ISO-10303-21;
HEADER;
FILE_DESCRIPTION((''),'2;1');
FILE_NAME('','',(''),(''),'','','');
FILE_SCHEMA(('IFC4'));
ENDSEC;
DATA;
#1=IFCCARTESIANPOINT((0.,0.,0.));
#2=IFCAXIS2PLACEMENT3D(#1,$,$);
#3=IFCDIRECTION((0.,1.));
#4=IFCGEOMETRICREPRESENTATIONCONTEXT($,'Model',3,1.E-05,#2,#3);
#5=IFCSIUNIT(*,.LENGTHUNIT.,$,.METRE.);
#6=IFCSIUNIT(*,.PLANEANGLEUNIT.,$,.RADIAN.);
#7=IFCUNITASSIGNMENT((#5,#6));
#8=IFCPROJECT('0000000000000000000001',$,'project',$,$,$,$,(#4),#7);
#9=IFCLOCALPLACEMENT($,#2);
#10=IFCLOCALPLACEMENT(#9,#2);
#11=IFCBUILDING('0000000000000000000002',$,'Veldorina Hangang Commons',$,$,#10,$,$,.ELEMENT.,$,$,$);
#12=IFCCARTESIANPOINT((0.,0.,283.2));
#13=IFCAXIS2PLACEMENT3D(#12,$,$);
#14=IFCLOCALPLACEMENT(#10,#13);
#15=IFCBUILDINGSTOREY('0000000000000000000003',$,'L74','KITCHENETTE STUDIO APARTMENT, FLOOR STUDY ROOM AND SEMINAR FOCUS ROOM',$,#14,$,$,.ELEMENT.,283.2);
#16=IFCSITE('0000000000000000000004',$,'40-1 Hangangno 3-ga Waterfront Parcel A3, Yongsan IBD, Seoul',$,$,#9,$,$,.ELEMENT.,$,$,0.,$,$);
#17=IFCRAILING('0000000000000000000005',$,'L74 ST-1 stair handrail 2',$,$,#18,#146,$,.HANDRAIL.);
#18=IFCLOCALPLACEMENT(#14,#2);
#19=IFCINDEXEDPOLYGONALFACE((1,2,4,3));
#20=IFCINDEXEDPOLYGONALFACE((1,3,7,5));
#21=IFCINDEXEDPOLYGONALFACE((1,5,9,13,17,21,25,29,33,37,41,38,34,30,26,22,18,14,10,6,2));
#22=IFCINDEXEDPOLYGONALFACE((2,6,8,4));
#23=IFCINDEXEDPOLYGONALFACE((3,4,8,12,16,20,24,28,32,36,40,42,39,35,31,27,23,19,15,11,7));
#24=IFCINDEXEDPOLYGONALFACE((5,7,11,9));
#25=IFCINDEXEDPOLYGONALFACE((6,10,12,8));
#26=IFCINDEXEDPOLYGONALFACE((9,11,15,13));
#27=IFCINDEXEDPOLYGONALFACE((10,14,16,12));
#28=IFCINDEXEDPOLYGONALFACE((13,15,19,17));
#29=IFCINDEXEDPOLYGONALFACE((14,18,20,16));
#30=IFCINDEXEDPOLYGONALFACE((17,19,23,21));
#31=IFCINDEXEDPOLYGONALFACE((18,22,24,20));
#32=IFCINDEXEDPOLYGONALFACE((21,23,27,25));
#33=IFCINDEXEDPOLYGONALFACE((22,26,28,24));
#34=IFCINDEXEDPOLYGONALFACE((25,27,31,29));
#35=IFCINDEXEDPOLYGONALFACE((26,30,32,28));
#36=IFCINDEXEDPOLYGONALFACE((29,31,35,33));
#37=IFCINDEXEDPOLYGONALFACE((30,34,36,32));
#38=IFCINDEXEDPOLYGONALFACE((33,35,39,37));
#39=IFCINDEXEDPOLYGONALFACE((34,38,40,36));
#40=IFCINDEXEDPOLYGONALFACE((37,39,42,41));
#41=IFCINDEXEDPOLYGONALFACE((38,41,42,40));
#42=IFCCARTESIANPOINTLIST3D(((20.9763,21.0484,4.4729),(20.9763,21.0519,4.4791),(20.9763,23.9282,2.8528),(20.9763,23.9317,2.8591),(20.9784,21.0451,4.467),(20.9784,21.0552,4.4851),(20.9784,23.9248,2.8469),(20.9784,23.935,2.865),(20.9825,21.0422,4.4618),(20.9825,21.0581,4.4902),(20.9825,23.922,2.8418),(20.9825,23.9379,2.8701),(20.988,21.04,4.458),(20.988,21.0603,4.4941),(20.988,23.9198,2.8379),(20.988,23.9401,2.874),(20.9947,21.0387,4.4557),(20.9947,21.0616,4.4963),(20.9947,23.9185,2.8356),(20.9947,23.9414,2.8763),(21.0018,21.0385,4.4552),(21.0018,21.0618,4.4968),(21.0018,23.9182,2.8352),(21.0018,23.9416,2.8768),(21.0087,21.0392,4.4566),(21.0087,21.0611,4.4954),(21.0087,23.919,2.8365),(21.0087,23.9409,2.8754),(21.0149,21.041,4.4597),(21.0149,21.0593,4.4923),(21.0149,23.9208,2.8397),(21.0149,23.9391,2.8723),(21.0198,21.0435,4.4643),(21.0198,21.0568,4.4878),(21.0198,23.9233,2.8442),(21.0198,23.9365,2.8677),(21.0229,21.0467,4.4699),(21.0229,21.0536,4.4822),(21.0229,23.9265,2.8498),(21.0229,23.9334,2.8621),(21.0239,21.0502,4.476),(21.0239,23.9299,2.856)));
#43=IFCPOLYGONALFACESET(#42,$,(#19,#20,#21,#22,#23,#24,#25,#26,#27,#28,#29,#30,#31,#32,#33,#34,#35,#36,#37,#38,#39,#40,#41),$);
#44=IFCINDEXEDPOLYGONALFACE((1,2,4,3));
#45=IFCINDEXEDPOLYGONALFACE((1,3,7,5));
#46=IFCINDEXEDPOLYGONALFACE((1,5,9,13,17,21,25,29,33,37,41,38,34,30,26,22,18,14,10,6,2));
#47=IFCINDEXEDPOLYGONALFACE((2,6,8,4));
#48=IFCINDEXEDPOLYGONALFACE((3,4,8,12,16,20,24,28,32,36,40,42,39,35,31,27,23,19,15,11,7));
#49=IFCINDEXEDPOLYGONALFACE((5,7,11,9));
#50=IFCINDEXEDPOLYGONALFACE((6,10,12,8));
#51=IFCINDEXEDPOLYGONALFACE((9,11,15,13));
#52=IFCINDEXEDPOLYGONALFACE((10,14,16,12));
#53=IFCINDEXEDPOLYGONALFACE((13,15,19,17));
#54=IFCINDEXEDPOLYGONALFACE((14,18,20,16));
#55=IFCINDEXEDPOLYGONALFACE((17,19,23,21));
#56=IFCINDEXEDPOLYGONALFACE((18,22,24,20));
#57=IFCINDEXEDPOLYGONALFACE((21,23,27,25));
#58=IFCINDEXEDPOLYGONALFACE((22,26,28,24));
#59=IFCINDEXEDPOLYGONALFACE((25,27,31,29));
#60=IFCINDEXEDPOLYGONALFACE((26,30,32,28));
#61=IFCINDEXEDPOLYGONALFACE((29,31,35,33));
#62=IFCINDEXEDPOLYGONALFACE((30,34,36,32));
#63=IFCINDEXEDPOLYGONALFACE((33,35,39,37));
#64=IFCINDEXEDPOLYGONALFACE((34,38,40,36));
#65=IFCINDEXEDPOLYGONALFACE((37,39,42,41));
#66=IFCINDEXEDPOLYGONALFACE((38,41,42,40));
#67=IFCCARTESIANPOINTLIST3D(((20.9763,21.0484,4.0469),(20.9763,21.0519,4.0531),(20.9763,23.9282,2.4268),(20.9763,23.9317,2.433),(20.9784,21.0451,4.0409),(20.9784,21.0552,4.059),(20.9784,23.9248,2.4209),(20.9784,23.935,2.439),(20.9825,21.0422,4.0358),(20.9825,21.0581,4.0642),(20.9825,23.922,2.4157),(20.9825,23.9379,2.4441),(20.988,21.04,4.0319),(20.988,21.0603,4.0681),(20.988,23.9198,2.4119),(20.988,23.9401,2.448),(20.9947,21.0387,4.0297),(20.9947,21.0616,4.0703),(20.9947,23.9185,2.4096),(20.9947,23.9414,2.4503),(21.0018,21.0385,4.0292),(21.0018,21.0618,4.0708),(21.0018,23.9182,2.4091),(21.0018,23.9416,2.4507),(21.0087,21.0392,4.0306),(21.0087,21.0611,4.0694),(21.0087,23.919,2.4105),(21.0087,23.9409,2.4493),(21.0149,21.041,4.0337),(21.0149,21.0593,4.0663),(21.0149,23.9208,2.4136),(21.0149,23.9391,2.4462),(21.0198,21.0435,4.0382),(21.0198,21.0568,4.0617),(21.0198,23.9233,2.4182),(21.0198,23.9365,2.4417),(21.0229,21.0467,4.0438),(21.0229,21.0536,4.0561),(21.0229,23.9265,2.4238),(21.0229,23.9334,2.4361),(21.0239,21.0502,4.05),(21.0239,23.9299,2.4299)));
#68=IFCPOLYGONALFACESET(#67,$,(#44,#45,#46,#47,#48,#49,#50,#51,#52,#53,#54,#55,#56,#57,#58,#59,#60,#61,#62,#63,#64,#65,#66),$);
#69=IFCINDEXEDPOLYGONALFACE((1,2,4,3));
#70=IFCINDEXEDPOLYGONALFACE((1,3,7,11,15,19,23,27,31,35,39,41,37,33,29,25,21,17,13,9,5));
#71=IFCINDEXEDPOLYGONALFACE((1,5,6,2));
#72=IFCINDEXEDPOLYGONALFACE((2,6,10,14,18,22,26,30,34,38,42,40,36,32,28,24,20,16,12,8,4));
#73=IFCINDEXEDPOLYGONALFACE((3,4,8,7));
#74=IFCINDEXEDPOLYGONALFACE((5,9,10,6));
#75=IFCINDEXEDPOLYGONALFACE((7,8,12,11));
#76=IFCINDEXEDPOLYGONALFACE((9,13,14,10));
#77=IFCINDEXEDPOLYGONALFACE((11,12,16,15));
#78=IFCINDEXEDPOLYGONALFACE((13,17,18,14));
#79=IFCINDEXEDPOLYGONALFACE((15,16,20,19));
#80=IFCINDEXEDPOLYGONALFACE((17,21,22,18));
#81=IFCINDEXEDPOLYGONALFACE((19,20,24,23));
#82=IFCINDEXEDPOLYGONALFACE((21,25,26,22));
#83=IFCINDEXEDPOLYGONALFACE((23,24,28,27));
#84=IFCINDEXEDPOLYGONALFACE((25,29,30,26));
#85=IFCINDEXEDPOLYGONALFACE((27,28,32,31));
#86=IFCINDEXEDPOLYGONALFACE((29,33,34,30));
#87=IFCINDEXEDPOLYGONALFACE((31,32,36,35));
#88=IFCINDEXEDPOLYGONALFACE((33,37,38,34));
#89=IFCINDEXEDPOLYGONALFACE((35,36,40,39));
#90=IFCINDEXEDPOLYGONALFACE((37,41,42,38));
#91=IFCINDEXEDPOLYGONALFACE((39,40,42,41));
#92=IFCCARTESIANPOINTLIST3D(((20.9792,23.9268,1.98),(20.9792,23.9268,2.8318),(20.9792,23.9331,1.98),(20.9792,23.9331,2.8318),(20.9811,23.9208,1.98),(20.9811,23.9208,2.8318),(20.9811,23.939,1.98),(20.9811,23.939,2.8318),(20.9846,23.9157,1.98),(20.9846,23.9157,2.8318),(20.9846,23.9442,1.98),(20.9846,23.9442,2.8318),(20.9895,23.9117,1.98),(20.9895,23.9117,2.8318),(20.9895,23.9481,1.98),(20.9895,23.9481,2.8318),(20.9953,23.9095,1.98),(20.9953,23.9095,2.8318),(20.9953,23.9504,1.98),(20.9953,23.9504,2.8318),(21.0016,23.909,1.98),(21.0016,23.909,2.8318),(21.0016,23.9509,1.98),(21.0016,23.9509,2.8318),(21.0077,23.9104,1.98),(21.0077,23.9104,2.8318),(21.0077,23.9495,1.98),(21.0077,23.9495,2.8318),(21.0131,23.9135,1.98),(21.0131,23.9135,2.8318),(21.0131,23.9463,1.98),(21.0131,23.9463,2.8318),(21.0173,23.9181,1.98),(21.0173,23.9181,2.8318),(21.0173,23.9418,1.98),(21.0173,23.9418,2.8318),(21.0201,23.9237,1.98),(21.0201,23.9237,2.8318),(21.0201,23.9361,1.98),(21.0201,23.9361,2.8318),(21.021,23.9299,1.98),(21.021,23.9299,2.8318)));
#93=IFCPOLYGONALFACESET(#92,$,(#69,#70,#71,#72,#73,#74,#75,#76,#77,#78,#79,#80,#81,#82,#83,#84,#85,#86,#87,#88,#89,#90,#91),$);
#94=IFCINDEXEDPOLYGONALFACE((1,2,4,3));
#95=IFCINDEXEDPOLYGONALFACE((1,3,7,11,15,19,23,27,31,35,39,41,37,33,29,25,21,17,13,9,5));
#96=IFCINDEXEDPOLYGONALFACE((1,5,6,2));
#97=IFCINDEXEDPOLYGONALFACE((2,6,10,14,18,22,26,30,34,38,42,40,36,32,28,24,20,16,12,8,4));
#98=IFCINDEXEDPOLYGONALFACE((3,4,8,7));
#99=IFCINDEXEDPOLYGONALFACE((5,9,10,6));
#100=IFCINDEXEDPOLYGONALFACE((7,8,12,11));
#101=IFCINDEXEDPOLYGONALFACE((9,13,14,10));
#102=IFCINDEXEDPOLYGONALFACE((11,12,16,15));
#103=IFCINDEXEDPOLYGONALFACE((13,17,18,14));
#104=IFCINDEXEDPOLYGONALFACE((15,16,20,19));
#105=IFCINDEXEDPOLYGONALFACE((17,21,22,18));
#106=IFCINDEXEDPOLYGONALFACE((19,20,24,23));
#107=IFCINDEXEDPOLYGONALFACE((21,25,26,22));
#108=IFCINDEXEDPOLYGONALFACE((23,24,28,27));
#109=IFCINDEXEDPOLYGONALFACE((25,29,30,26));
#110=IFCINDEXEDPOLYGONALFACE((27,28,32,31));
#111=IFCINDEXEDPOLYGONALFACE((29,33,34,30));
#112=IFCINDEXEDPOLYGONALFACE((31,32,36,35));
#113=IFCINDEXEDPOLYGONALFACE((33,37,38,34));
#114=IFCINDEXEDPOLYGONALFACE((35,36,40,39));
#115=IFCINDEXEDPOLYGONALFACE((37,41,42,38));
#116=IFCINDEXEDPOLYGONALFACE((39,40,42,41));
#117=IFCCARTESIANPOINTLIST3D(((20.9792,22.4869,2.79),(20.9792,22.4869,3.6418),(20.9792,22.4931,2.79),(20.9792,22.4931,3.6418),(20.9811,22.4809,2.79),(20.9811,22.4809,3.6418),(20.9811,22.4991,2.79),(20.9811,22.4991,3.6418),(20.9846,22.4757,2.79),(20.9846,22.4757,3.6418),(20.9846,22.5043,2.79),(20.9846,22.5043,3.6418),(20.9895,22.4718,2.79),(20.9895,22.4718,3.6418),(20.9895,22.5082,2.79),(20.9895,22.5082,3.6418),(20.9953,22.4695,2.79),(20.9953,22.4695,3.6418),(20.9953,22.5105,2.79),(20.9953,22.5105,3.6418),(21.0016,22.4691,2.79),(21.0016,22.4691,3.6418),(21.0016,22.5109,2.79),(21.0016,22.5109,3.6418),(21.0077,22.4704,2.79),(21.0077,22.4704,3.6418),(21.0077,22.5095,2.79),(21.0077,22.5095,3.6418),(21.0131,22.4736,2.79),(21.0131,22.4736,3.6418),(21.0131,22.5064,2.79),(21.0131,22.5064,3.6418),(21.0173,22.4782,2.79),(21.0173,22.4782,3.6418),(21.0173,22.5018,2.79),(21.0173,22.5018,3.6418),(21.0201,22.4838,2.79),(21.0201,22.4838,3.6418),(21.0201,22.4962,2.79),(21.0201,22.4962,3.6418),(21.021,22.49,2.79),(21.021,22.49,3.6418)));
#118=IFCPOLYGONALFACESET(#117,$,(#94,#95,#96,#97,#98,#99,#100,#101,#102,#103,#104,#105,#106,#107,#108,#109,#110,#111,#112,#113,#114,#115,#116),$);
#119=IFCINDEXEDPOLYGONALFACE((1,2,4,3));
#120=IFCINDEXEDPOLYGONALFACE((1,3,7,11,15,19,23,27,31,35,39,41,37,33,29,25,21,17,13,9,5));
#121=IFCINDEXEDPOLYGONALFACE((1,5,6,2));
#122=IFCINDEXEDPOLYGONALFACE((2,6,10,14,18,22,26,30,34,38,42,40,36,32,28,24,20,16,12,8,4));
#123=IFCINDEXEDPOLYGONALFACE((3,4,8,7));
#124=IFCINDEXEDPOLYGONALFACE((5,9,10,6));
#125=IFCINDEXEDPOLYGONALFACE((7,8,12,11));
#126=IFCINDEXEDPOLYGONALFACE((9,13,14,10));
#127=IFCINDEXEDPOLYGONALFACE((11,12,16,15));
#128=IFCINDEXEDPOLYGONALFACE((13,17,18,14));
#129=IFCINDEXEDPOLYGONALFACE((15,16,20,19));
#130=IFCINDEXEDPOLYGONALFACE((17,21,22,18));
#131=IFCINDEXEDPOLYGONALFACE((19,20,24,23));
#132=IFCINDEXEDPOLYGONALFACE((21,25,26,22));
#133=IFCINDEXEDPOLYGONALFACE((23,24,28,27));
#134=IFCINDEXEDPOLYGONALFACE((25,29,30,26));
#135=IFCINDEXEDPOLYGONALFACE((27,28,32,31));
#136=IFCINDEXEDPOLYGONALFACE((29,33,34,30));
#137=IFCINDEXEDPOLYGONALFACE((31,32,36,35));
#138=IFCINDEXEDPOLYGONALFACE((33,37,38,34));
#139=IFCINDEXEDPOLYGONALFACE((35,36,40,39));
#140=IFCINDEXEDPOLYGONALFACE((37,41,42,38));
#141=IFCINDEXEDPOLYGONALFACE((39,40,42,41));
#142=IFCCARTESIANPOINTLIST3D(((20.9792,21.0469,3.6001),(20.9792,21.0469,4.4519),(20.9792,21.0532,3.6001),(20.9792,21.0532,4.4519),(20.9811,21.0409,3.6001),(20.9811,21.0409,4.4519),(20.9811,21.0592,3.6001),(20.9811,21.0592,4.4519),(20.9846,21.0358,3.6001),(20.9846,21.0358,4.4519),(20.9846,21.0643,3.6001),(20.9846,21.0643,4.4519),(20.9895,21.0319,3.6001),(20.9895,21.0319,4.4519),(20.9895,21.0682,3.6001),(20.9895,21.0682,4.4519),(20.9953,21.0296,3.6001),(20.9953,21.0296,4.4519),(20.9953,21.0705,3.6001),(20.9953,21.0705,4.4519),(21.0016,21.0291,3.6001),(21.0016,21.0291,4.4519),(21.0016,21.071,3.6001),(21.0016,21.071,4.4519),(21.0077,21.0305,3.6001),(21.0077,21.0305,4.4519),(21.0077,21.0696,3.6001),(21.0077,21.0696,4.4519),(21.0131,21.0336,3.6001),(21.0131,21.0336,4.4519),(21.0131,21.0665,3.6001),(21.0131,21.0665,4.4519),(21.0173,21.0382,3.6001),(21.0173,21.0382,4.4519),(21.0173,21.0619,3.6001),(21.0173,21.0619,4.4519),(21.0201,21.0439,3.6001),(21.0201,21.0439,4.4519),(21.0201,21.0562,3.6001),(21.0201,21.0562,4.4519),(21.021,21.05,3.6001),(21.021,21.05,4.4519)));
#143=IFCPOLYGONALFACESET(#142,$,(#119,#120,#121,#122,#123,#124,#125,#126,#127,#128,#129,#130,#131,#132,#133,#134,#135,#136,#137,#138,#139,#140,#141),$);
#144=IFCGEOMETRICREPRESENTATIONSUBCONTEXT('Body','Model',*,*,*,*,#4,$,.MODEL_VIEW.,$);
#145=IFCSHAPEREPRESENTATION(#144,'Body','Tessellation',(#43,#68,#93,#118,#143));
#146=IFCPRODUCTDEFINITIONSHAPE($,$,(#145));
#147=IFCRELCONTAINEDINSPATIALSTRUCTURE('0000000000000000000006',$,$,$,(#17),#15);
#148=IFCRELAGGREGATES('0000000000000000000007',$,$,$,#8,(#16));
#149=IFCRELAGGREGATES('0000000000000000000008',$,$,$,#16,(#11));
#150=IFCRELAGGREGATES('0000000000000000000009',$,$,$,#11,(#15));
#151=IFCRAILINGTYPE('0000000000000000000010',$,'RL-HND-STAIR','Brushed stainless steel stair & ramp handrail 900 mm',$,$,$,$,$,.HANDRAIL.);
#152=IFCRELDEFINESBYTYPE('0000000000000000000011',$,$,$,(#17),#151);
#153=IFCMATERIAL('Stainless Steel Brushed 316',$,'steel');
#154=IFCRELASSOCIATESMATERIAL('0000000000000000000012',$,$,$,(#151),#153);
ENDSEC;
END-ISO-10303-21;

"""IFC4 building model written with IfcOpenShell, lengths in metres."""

from ifc_helpers import new_model, si_unit, direction, frame, origin, origin_2d, place, context, subcontext, project, spatial, circle, extrude, material, type_object, element, save


model = new_model("IFC4")

# Units and contexts
model_context = context("Model", 3, precision=1e-05, world=origin(), true_north=direction((0.0, 1.0)))
body_context = subcontext(model_context, "Body", "Model", "MODEL_VIEW")
ifc_project = project(units=[si_unit("LENGTHUNIT", "METRE"), si_unit("PLANEANGLEUNIT", "RADIAN")], contexts=[model_context])

# Site, building, storey
site_placement = place(None, origin())
site = spatial("IfcSite", under=ifc_project, at=site_placement, Name="40-1 Hangangno 3-ga Waterfront Parcel A3, Yongsan IBD, Seoul", CompositionType="ELEMENT", RefElevation=0.0)
building_placement = place(site_placement, origin())
building = spatial("IfcBuilding", under=site, at=building_placement, Name="Veldorina Hangang Commons", CompositionType="ELEMENT")
storey_placement = place(building_placement, frame((0.0, 0.0, 283.2)))
storey = spatial("IfcBuildingStorey", under=building, at=storey_placement, Name="L74", Description="KITCHENETTE STUDIO APARTMENT, FLOOR STUDY ROOM AND SEMINAR FOCUS ROOM", CompositionType="ELEMENT", Elevation=283.2)

# Railing
ifc_material_1 = material(Name="Stainless Steel Brushed 316", Category="steel")
railing_type = type_object("IfcRailingType", Name="RL-HND-STAIR", Description="Brushed stainless steel stair & ramp handrail 900 mm", PredefinedType="HANDRAIL", material=ifc_material_1)
railing_placement = place(storey_placement, frame((21.0, 23.9299, 1.98)))
element("IfcRailing", 1, at=railing_placement, inside=storey, type_object=railing_type, Name="L74 ST-1 stair handrail 2", PredefinedType="HANDRAIL", context=body_context, shape_type="SweptSolid", body=[
    extrude(circle(Radius=0.0239, at=origin_2d()), frame((0.0, 0.0, 0.876), z_axis=(0.0, -0.871552, 0.490303), x_axis=(1.0, 0.0, 0.0)), (0.0, 0.0, 1.0), 3.3042),
    extrude(circle(Radius=0.0239, at=origin_2d()), frame((0.0, 0.0, 0.45), z_axis=(0.0, -0.871552, 0.490303), x_axis=(1.0, 0.0, 0.0)), (0.0, 0.0, 1.0), 3.3042),
    extrude(circle(Radius=0.021, at=origin_2d()), origin(), (0.0, 0.0, 1.0), 0.8518),
    extrude(circle(Radius=0.021, at=origin_2d()), frame((0.0, -1.4399, 0.8101)), (0.0, 0.0, 1.0), 0.8518),
    extrude(circle(Radius=0.021, at=origin_2d()), frame((0.0, -2.8799, 1.6201)), (0.0, 0.0, 1.0), 0.8518),
])

save(model, "model.ifc")
